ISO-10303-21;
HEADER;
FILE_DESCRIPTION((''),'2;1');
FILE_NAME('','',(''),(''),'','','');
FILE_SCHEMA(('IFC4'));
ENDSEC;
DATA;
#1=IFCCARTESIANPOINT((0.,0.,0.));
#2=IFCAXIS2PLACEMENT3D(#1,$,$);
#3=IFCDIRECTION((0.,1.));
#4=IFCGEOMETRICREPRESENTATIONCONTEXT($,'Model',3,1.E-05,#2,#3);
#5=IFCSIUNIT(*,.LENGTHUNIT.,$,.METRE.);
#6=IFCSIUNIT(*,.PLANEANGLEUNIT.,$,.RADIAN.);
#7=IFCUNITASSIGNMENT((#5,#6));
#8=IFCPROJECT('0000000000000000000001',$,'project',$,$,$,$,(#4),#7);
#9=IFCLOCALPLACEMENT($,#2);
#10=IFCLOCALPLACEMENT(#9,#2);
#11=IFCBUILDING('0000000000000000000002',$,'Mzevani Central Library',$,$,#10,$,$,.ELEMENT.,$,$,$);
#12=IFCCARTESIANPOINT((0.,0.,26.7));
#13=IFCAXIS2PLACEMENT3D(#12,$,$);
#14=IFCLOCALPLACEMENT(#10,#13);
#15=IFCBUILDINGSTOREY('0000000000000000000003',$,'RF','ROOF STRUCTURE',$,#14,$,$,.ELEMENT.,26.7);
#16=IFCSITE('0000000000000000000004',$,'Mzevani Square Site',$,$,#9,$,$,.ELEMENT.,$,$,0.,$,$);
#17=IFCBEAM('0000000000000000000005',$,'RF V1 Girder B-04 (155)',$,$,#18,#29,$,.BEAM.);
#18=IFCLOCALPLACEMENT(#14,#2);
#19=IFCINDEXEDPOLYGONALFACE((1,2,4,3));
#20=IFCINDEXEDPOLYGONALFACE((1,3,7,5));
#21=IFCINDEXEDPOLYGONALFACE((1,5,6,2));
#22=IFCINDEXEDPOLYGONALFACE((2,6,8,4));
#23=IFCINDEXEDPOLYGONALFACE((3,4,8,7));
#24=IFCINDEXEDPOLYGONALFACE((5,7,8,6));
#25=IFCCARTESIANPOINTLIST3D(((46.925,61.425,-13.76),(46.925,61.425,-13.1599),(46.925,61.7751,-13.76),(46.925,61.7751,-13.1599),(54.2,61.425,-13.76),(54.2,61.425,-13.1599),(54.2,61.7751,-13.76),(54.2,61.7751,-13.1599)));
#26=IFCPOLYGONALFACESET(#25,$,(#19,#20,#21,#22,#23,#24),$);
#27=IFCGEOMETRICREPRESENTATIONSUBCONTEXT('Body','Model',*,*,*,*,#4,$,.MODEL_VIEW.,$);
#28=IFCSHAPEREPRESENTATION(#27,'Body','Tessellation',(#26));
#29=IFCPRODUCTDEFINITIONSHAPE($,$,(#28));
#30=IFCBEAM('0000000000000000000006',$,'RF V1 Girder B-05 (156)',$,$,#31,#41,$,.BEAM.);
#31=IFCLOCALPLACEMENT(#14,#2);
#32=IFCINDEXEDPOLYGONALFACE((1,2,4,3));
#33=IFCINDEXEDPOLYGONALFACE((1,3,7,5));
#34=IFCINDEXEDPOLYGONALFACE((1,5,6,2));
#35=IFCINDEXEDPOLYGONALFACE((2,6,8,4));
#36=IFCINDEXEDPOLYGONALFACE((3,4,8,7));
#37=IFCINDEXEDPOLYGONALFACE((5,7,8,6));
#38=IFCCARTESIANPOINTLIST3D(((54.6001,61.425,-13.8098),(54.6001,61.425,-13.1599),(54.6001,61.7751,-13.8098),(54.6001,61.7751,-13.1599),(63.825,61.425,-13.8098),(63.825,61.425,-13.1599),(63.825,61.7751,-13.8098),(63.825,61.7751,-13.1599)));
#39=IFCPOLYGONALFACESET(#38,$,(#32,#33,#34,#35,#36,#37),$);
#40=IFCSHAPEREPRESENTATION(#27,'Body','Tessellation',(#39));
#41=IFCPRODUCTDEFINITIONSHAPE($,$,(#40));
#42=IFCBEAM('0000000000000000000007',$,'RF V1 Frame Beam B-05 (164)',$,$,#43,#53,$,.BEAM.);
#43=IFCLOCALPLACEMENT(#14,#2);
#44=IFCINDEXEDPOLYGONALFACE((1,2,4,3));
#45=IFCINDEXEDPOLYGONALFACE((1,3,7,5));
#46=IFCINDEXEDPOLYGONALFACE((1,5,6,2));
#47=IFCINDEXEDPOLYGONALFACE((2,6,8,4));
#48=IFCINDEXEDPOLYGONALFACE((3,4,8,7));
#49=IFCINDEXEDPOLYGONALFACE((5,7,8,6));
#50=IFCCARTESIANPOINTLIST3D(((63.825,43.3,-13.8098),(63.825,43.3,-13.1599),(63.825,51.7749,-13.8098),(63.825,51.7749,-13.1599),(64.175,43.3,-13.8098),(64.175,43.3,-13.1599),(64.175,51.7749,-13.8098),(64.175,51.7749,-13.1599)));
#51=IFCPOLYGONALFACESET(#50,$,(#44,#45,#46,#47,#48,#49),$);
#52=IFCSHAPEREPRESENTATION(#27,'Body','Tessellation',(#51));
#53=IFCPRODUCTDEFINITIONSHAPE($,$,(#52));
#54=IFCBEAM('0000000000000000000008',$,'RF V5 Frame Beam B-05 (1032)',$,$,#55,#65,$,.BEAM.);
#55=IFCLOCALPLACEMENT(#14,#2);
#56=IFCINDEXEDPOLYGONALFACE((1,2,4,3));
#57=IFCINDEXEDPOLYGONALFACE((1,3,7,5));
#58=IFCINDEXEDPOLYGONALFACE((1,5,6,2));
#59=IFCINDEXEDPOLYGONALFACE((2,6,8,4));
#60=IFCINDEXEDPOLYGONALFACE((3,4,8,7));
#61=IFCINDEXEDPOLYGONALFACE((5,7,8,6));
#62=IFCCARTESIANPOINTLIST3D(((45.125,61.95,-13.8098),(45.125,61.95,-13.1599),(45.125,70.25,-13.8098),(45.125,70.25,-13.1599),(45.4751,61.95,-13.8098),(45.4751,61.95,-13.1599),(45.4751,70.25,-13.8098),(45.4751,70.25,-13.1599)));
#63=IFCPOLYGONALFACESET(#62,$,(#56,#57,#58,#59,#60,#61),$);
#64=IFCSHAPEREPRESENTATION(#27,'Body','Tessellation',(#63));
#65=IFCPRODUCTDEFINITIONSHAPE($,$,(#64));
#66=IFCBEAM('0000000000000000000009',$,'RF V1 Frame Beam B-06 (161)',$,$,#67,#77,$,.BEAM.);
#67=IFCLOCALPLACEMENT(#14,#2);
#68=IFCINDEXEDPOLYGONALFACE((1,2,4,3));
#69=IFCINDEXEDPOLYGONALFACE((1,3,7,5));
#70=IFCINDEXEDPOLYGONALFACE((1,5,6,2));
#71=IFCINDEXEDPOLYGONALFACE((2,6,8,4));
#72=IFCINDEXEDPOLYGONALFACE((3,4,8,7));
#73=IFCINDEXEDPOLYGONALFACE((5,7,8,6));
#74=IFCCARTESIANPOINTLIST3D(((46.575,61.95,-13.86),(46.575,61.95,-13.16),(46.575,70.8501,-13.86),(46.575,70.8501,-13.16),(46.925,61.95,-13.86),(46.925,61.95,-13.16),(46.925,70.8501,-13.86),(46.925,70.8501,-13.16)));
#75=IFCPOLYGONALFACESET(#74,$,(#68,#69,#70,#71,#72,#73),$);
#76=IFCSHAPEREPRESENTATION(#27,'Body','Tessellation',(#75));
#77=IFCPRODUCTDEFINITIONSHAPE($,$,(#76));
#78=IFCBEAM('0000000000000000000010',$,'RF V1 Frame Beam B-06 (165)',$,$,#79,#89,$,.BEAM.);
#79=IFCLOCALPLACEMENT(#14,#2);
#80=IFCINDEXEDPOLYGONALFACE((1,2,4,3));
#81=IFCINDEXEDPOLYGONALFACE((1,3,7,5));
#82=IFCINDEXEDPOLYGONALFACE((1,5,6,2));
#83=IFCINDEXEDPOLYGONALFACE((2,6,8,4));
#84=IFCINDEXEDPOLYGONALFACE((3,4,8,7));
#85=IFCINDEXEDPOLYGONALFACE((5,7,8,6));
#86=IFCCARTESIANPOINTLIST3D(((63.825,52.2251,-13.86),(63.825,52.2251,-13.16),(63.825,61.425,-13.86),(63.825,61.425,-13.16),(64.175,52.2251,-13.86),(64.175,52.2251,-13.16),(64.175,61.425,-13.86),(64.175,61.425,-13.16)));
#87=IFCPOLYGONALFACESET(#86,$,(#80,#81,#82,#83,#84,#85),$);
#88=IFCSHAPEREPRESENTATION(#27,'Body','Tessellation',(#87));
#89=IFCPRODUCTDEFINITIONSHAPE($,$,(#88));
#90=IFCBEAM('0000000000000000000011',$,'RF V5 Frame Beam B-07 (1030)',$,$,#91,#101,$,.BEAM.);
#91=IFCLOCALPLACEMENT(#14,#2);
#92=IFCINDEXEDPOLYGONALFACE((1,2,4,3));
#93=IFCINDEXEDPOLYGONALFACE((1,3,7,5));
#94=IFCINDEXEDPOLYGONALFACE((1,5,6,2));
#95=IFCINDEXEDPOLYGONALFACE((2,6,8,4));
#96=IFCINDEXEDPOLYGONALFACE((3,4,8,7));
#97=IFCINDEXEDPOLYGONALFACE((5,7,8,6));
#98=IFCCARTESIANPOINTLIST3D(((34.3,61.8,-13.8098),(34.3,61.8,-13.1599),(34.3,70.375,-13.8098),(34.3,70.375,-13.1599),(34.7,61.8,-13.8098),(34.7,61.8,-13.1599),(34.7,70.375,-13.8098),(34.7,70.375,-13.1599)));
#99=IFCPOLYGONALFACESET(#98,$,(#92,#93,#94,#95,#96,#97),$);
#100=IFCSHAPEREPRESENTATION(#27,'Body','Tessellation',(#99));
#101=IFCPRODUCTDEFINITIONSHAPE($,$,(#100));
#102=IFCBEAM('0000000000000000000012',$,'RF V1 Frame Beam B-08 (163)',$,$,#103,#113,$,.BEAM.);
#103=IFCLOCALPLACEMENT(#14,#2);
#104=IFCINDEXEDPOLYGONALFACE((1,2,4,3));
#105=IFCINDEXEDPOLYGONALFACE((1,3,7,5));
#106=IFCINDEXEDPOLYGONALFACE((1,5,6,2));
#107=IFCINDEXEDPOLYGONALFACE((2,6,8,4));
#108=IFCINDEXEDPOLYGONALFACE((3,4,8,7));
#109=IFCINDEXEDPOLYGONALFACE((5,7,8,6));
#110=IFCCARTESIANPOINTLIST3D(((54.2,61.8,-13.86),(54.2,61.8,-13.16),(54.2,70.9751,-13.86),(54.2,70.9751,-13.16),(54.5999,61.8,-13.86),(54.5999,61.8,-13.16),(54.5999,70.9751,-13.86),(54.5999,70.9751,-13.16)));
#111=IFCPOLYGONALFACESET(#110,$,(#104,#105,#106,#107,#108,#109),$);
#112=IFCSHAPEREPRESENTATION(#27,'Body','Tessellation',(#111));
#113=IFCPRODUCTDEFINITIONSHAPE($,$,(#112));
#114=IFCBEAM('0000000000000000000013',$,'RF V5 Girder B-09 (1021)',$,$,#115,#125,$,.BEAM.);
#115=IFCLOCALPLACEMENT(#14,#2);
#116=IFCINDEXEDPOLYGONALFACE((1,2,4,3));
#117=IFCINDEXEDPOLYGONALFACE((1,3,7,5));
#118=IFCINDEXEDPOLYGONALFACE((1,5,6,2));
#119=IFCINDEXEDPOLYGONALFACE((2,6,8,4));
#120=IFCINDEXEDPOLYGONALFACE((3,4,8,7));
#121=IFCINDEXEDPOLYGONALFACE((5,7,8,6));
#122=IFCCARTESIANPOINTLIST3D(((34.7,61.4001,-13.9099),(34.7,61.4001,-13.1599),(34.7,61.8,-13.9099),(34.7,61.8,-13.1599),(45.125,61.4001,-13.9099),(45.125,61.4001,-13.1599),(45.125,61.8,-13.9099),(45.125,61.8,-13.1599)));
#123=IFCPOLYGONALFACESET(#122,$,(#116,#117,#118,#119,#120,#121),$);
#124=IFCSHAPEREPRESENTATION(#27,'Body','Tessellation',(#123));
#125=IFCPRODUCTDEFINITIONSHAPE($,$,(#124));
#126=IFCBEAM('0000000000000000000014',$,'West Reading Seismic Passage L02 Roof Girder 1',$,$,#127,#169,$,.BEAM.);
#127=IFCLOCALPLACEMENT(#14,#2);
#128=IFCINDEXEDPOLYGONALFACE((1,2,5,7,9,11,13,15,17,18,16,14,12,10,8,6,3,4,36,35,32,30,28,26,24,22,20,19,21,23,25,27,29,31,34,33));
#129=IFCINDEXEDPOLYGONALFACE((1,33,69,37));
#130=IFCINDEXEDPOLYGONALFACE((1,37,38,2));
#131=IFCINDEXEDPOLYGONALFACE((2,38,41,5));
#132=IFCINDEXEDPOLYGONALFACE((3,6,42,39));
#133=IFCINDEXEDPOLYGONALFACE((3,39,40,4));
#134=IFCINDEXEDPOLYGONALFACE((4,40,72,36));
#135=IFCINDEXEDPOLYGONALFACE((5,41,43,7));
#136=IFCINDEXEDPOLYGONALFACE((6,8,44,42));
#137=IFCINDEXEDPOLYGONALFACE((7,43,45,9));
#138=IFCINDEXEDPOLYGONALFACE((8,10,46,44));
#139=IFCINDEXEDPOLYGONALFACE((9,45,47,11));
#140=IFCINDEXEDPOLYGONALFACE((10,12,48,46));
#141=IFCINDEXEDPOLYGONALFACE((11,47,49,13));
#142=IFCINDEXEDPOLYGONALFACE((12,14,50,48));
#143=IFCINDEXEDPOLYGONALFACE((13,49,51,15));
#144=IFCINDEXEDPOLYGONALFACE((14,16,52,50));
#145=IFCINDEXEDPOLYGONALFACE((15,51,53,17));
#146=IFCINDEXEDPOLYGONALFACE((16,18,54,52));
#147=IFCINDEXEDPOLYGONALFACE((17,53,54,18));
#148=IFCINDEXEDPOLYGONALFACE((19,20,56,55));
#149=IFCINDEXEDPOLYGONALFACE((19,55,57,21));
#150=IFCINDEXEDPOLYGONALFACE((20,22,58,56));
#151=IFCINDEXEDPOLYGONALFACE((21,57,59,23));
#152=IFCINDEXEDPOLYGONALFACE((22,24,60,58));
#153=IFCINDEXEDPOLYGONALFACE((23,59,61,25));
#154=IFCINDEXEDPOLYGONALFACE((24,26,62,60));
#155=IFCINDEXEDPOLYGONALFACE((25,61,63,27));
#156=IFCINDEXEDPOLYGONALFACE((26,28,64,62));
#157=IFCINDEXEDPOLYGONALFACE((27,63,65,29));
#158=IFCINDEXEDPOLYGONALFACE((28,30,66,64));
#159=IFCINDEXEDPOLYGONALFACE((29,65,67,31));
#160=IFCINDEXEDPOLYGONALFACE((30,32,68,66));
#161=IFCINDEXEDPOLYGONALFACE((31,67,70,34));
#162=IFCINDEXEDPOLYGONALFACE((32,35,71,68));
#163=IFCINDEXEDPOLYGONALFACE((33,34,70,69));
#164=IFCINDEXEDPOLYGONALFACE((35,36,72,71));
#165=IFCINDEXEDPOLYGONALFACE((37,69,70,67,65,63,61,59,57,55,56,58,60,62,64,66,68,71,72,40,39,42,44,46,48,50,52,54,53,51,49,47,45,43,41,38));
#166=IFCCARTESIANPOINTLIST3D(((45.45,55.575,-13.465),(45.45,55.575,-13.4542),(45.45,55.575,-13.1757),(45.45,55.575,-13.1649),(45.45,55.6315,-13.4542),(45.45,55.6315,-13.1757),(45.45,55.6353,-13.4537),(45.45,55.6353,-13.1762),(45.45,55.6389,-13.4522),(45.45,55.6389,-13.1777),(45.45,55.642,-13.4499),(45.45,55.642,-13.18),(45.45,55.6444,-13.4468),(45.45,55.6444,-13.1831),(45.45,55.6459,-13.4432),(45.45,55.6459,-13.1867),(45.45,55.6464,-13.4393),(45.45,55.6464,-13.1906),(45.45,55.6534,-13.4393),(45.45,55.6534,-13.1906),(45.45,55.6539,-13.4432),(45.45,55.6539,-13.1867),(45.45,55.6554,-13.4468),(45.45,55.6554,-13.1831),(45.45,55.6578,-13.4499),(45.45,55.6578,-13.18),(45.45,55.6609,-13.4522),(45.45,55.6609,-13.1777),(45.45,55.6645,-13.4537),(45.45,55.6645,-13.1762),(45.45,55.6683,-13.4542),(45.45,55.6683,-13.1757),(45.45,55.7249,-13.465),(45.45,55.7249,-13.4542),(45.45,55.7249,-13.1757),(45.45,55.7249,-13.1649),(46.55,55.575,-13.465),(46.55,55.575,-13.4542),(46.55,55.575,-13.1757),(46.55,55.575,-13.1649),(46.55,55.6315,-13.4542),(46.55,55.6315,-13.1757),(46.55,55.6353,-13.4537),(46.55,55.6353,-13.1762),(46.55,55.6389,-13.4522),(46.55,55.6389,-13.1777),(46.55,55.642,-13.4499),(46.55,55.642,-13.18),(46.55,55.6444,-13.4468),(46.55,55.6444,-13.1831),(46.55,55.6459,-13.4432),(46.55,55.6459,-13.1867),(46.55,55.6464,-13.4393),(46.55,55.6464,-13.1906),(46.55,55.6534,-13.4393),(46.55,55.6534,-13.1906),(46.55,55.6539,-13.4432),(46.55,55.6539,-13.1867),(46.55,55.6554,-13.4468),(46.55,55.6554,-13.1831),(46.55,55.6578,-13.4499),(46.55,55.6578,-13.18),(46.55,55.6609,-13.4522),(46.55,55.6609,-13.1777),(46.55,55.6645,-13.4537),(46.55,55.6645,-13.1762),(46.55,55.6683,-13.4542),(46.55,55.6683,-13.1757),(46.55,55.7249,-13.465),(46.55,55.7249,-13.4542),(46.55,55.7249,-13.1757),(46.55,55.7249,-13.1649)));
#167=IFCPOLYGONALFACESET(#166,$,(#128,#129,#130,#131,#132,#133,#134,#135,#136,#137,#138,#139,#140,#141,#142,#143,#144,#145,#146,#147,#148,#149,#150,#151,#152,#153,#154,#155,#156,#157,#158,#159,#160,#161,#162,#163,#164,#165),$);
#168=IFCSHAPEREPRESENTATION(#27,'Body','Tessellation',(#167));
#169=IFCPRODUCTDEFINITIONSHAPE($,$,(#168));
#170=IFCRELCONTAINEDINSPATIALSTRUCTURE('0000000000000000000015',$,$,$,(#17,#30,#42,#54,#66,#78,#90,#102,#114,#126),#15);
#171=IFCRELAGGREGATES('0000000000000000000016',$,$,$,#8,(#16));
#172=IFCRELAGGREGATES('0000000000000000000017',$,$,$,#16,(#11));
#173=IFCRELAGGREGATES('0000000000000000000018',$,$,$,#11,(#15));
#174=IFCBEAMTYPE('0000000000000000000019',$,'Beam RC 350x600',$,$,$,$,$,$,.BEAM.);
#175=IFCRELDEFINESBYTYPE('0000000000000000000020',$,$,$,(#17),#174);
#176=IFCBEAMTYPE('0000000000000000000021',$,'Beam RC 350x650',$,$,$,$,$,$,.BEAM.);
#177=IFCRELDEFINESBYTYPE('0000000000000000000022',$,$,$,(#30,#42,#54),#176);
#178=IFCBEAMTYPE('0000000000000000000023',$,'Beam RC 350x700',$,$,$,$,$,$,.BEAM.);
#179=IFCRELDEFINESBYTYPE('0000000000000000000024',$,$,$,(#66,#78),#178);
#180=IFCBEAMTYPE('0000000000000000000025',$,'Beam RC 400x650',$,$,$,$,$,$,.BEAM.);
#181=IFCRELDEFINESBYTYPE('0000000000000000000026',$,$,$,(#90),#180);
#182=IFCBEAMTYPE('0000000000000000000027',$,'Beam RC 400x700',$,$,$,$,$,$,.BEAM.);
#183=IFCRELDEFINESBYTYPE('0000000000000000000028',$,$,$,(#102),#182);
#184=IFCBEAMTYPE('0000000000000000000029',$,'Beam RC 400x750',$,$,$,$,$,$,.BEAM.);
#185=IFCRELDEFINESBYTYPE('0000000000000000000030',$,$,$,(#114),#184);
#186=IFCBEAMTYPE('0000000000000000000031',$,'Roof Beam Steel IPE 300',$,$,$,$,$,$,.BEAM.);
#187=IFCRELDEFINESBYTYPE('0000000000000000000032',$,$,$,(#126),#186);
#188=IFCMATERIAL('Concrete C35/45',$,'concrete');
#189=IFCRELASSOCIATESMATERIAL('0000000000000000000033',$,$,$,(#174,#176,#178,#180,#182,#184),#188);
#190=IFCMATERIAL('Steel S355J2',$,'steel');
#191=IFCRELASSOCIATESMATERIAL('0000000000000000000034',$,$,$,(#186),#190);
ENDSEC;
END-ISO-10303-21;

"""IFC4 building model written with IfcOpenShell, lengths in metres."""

from ifc_helpers import new_model, si_unit, direction, frame, origin, origin_2d, place, context, subcontext, project, spatial, rectangle, i_section, extrude, material, material_profile, profile_set, type_object, element, save


model = new_model("IFC4")

# Units and contexts
model_context = context("Model", 3, precision=1e-05, world=origin(), true_north=direction((0.0, 1.0)))
body_context = subcontext(model_context, "Body", "Model", "MODEL_VIEW")
ifc_project = project(units=[si_unit("LENGTHUNIT", "METRE"), si_unit("PLANEANGLEUNIT", "RADIAN")], contexts=[model_context])

# Site, building, storey
site_placement = place(None, origin())
site = spatial("IfcSite", under=ifc_project, at=site_placement, Name="Mzevani Square Site", CompositionType="ELEMENT", RefElevation=0.0)
building_placement = place(site_placement, origin())
building = spatial("IfcBuilding", under=site, at=building_placement, Name="Mzevani Central Library", CompositionType="ELEMENT")
storey_placement = place(building_placement, frame((0.0, 0.0, 26.7)))
storey = spatial("IfcBuildingStorey", under=building, at=storey_placement, Name="RF", Description="ROOF STRUCTURE", CompositionType="ELEMENT", Elevation=26.7)

# Beams
ifc_material_1 = material(Name="Concrete C35/45", Category="concrete")
ifc_material_profile_1 = material_profile(ifc_material_1, rectangle(XDim=0.3501, YDim=0.6001, at=origin_2d()), Name="RC B350x600")
ifc_profile_set_1 = profile_set([ifc_material_profile_1], Name="Concrete C35/45")
beam_type_1 = type_object("IfcBeamType", Name="Beam RC 350x600", PredefinedType="BEAM", material=ifc_profile_set_1)
beam_1_placement = place(storey_placement, frame((46.925, 61.6001, -13.46), z_axis=(1.0, 0.0, 0.0), x_axis=(0.0, 1.0, 0.0)))
element("IfcBeam", 1, at=beam_1_placement, inside=storey, type_object=beam_type_1, Name="RF V1 Girder B-04 (155)", PredefinedType="BEAM", context=body_context, shape_type="SweptSolid", body=[
    extrude(rectangle(XDim=0.3501, YDim=0.6001, at=origin_2d()), origin(), (0.0, 0.0, 1.0), 7.2749),
])
ifc_material_profile_2 = material_profile(ifc_material_1, rectangle(XDim=0.3501, YDim=0.6499, at=origin_2d()), Name="RC B350x650")
ifc_profile_set_2 = profile_set([ifc_material_profile_2], Name="Concrete C35/45")
beam_type_2 = type_object("IfcBeamType", Name="Beam RC 350x650", PredefinedType="BEAM", material=ifc_profile_set_2)
beam_2_placement = place(storey_placement, frame((54.6001, 61.6001, -13.4849), z_axis=(1.0, 0.0, 0.0), x_axis=(0.0, 1.0, 0.0)))
element("IfcBeam", 2, at=beam_2_placement, inside=storey, type_object=beam_type_2, Name="RF V1 Girder B-05 (156)", PredefinedType="BEAM", context=body_context, shape_type="SweptSolid", body=[
    extrude(rectangle(XDim=0.3501, YDim=0.6499, at=origin_2d()), origin(), (0.0, 0.0, 1.0), 9.2249),
])
beam_3_placement = place(storey_placement, frame((64.0, 43.3, -13.4849), z_axis=(0.0, 1.0, 0.0), x_axis=(-1.0, 0.0, 0.0)))
element("IfcBeam", 3, at=beam_3_placement, inside=storey, type_object=beam_type_2, Name="RF V1 Frame Beam B-05 (164)", PredefinedType="BEAM", context=body_context, shape_type="SweptSolid", body=[
    extrude(rectangle(XDim=0.3501, YDim=0.6499, at=origin_2d()), origin(), (0.0, 0.0, 1.0), 8.4749),
])
beam_4_placement = place(storey_placement, frame((45.3, 61.95, -13.4849), z_axis=(0.0, 1.0, 0.0), x_axis=(-1.0, 0.0, 0.0)))
element("IfcBeam", 4, at=beam_4_placement, inside=storey, type_object=beam_type_2, Name="RF V5 Frame Beam B-05 (1032)", PredefinedType="BEAM", context=body_context, shape_type="SweptSolid", body=[
    extrude(rectangle(XDim=0.3501, YDim=0.6499, at=origin_2d()), origin(), (0.0, 0.0, 1.0), 8.3),
])
ifc_material_profile_3 = material_profile(ifc_material_1, rectangle(XDim=0.3501, YDim=0.7, at=origin_2d()), Name="RC B350x700")
ifc_profile_set_3 = profile_set([ifc_material_profile_3], Name="Concrete C35/45")
beam_type_3 = type_object("IfcBeamType", Name="Beam RC 350x700", PredefinedType="BEAM", material=ifc_profile_set_3)
beam_5_placement = place(storey_placement, frame((46.75, 61.95, -13.51), z_axis=(0.0, 1.0, 0.0), x_axis=(-1.0, 0.0, 0.0)))
element("IfcBeam", 5, at=beam_5_placement, inside=storey, type_object=beam_type_3, Name="RF V1 Frame Beam B-06 (161)", PredefinedType="BEAM", context=body_context, shape_type="SweptSolid", body=[
    extrude(rectangle(XDim=0.3501, YDim=0.7, at=origin_2d()), origin(), (0.0, 0.0, 1.0), 8.9001),
])
beam_6_placement = place(storey_placement, frame((64.0, 52.2251, -13.51), z_axis=(0.0, 1.0, 0.0), x_axis=(-1.0, 0.0, 0.0)))
element("IfcBeam", 6, at=beam_6_placement, inside=storey, type_object=beam_type_3, Name="RF V1 Frame Beam B-06 (165)", PredefinedType="BEAM", context=body_context, shape_type="SweptSolid", body=[
    extrude(rectangle(XDim=0.3501, YDim=0.7, at=origin_2d()), origin(), (0.0, 0.0, 1.0), 9.2),
])
ifc_material_profile_4 = material_profile(ifc_material_1, rectangle(XDim=0.3999, YDim=0.6499, at=origin_2d()), Name="RC B400x650")
ifc_profile_set_4 = profile_set([ifc_material_profile_4], Name="Concrete C35/45")
beam_type_4 = type_object("IfcBeamType", Name="Beam RC 400x650", PredefinedType="BEAM", material=ifc_profile_set_4)
beam_7_placement = place(storey_placement, frame((34.5, 61.8, -13.4849), z_axis=(0.0, 1.0, 0.0), x_axis=(-1.0, 0.0, 0.0)))
element("IfcBeam", 7, at=beam_7_placement, inside=storey, type_object=beam_type_4, Name="RF V5 Frame Beam B-07 (1030)", PredefinedType="BEAM", context=body_context, shape_type="SweptSolid", body=[
    extrude(rectangle(XDim=0.3999, YDim=0.6499, at=origin_2d()), origin(), (0.0, 0.0, 1.0), 8.575),
])
ifc_material_profile_5 = material_profile(ifc_material_1, rectangle(XDim=0.3999, YDim=0.7, at=origin_2d()), Name="RC B400x700")
ifc_profile_set_5 = profile_set([ifc_material_profile_5], Name="Concrete C35/45")
beam_type_5 = type_object("IfcBeamType", Name="Beam RC 400x700", PredefinedType="BEAM", material=ifc_profile_set_5)
beam_8_placement = place(storey_placement, frame((54.3999, 61.8, -13.51), z_axis=(0.0, 1.0, 0.0), x_axis=(-1.0, 0.0, 0.0)))
element("IfcBeam", 8, at=beam_8_placement, inside=storey, type_object=beam_type_5, Name="RF V1 Frame Beam B-08 (163)", PredefinedType="BEAM", context=body_context, shape_type="SweptSolid", body=[
    extrude(rectangle(XDim=0.3999, YDim=0.7, at=origin_2d()), origin(), (0.0, 0.0, 1.0), 9.175),
])
ifc_material_profile_6 = material_profile(ifc_material_1, rectangle(XDim=0.3999, YDim=0.75, at=origin_2d()), Name="RC B400x750")
ifc_profile_set_6 = profile_set([ifc_material_profile_6], Name="Concrete C35/45")
beam_type_6 = type_object("IfcBeamType", Name="Beam RC 400x750", PredefinedType="BEAM", material=ifc_profile_set_6)
beam_9_placement = place(storey_placement, frame((34.7, 61.6001, -13.5349), z_axis=(1.0, 0.0, 0.0), x_axis=(0.0, 1.0, 0.0)))
element("IfcBeam", 9, at=beam_9_placement, inside=storey, type_object=beam_type_6, Name="RF V5 Girder B-09 (1021)", PredefinedType="BEAM", context=body_context, shape_type="SweptSolid", body=[
    extrude(rectangle(XDim=0.3999, YDim=0.75, at=origin_2d()), origin(), (0.0, 0.0, 1.0), 10.425),
])
ifc_material_2 = material(Name="Steel S355J2", Category="steel")
ifc_material_profile_7 = material_profile(ifc_material_2, i_section(OverallWidth=0.1499, OverallDepth=0.3, WebThickness=0.0071, FlangeThickness=0.0107, FilletRadius=0.0149, at=origin_2d()), Name="IPE 300")
ifc_profile_set_7 = profile_set([ifc_material_profile_7], Name="Steel S355J2")
beam_type_7 = type_object("IfcBeamType", Name="Roof Beam Steel IPE 300", PredefinedType="BEAM", material=ifc_profile_set_7)
for number, where, z_axis, x_axis, name in (
    (10, (45.45, 55.6499, -13.3149), (1.0, 0.0, 0.0), (0.0, 1.0, 0.0), "West Reading Seismic Passage L02 Roof Girder 1"),
):
    element("IfcBeam", number, at=place(storey_placement, frame(where, z_axis=z_axis, x_axis=x_axis)), inside=storey, type_object=beam_type_7, Name=name, PredefinedType="BEAM", context=body_context, shape_type="SweptSolid", body=[
        extrude(i_section(OverallWidth=0.1499, OverallDepth=0.3, WebThickness=0.0071, FlangeThickness=0.0107, FilletRadius=0.0149, at=origin_2d()), origin(), (0.0, 0.0, 1.0), 1.1001),
    ])

save(model, "model.ifc")
